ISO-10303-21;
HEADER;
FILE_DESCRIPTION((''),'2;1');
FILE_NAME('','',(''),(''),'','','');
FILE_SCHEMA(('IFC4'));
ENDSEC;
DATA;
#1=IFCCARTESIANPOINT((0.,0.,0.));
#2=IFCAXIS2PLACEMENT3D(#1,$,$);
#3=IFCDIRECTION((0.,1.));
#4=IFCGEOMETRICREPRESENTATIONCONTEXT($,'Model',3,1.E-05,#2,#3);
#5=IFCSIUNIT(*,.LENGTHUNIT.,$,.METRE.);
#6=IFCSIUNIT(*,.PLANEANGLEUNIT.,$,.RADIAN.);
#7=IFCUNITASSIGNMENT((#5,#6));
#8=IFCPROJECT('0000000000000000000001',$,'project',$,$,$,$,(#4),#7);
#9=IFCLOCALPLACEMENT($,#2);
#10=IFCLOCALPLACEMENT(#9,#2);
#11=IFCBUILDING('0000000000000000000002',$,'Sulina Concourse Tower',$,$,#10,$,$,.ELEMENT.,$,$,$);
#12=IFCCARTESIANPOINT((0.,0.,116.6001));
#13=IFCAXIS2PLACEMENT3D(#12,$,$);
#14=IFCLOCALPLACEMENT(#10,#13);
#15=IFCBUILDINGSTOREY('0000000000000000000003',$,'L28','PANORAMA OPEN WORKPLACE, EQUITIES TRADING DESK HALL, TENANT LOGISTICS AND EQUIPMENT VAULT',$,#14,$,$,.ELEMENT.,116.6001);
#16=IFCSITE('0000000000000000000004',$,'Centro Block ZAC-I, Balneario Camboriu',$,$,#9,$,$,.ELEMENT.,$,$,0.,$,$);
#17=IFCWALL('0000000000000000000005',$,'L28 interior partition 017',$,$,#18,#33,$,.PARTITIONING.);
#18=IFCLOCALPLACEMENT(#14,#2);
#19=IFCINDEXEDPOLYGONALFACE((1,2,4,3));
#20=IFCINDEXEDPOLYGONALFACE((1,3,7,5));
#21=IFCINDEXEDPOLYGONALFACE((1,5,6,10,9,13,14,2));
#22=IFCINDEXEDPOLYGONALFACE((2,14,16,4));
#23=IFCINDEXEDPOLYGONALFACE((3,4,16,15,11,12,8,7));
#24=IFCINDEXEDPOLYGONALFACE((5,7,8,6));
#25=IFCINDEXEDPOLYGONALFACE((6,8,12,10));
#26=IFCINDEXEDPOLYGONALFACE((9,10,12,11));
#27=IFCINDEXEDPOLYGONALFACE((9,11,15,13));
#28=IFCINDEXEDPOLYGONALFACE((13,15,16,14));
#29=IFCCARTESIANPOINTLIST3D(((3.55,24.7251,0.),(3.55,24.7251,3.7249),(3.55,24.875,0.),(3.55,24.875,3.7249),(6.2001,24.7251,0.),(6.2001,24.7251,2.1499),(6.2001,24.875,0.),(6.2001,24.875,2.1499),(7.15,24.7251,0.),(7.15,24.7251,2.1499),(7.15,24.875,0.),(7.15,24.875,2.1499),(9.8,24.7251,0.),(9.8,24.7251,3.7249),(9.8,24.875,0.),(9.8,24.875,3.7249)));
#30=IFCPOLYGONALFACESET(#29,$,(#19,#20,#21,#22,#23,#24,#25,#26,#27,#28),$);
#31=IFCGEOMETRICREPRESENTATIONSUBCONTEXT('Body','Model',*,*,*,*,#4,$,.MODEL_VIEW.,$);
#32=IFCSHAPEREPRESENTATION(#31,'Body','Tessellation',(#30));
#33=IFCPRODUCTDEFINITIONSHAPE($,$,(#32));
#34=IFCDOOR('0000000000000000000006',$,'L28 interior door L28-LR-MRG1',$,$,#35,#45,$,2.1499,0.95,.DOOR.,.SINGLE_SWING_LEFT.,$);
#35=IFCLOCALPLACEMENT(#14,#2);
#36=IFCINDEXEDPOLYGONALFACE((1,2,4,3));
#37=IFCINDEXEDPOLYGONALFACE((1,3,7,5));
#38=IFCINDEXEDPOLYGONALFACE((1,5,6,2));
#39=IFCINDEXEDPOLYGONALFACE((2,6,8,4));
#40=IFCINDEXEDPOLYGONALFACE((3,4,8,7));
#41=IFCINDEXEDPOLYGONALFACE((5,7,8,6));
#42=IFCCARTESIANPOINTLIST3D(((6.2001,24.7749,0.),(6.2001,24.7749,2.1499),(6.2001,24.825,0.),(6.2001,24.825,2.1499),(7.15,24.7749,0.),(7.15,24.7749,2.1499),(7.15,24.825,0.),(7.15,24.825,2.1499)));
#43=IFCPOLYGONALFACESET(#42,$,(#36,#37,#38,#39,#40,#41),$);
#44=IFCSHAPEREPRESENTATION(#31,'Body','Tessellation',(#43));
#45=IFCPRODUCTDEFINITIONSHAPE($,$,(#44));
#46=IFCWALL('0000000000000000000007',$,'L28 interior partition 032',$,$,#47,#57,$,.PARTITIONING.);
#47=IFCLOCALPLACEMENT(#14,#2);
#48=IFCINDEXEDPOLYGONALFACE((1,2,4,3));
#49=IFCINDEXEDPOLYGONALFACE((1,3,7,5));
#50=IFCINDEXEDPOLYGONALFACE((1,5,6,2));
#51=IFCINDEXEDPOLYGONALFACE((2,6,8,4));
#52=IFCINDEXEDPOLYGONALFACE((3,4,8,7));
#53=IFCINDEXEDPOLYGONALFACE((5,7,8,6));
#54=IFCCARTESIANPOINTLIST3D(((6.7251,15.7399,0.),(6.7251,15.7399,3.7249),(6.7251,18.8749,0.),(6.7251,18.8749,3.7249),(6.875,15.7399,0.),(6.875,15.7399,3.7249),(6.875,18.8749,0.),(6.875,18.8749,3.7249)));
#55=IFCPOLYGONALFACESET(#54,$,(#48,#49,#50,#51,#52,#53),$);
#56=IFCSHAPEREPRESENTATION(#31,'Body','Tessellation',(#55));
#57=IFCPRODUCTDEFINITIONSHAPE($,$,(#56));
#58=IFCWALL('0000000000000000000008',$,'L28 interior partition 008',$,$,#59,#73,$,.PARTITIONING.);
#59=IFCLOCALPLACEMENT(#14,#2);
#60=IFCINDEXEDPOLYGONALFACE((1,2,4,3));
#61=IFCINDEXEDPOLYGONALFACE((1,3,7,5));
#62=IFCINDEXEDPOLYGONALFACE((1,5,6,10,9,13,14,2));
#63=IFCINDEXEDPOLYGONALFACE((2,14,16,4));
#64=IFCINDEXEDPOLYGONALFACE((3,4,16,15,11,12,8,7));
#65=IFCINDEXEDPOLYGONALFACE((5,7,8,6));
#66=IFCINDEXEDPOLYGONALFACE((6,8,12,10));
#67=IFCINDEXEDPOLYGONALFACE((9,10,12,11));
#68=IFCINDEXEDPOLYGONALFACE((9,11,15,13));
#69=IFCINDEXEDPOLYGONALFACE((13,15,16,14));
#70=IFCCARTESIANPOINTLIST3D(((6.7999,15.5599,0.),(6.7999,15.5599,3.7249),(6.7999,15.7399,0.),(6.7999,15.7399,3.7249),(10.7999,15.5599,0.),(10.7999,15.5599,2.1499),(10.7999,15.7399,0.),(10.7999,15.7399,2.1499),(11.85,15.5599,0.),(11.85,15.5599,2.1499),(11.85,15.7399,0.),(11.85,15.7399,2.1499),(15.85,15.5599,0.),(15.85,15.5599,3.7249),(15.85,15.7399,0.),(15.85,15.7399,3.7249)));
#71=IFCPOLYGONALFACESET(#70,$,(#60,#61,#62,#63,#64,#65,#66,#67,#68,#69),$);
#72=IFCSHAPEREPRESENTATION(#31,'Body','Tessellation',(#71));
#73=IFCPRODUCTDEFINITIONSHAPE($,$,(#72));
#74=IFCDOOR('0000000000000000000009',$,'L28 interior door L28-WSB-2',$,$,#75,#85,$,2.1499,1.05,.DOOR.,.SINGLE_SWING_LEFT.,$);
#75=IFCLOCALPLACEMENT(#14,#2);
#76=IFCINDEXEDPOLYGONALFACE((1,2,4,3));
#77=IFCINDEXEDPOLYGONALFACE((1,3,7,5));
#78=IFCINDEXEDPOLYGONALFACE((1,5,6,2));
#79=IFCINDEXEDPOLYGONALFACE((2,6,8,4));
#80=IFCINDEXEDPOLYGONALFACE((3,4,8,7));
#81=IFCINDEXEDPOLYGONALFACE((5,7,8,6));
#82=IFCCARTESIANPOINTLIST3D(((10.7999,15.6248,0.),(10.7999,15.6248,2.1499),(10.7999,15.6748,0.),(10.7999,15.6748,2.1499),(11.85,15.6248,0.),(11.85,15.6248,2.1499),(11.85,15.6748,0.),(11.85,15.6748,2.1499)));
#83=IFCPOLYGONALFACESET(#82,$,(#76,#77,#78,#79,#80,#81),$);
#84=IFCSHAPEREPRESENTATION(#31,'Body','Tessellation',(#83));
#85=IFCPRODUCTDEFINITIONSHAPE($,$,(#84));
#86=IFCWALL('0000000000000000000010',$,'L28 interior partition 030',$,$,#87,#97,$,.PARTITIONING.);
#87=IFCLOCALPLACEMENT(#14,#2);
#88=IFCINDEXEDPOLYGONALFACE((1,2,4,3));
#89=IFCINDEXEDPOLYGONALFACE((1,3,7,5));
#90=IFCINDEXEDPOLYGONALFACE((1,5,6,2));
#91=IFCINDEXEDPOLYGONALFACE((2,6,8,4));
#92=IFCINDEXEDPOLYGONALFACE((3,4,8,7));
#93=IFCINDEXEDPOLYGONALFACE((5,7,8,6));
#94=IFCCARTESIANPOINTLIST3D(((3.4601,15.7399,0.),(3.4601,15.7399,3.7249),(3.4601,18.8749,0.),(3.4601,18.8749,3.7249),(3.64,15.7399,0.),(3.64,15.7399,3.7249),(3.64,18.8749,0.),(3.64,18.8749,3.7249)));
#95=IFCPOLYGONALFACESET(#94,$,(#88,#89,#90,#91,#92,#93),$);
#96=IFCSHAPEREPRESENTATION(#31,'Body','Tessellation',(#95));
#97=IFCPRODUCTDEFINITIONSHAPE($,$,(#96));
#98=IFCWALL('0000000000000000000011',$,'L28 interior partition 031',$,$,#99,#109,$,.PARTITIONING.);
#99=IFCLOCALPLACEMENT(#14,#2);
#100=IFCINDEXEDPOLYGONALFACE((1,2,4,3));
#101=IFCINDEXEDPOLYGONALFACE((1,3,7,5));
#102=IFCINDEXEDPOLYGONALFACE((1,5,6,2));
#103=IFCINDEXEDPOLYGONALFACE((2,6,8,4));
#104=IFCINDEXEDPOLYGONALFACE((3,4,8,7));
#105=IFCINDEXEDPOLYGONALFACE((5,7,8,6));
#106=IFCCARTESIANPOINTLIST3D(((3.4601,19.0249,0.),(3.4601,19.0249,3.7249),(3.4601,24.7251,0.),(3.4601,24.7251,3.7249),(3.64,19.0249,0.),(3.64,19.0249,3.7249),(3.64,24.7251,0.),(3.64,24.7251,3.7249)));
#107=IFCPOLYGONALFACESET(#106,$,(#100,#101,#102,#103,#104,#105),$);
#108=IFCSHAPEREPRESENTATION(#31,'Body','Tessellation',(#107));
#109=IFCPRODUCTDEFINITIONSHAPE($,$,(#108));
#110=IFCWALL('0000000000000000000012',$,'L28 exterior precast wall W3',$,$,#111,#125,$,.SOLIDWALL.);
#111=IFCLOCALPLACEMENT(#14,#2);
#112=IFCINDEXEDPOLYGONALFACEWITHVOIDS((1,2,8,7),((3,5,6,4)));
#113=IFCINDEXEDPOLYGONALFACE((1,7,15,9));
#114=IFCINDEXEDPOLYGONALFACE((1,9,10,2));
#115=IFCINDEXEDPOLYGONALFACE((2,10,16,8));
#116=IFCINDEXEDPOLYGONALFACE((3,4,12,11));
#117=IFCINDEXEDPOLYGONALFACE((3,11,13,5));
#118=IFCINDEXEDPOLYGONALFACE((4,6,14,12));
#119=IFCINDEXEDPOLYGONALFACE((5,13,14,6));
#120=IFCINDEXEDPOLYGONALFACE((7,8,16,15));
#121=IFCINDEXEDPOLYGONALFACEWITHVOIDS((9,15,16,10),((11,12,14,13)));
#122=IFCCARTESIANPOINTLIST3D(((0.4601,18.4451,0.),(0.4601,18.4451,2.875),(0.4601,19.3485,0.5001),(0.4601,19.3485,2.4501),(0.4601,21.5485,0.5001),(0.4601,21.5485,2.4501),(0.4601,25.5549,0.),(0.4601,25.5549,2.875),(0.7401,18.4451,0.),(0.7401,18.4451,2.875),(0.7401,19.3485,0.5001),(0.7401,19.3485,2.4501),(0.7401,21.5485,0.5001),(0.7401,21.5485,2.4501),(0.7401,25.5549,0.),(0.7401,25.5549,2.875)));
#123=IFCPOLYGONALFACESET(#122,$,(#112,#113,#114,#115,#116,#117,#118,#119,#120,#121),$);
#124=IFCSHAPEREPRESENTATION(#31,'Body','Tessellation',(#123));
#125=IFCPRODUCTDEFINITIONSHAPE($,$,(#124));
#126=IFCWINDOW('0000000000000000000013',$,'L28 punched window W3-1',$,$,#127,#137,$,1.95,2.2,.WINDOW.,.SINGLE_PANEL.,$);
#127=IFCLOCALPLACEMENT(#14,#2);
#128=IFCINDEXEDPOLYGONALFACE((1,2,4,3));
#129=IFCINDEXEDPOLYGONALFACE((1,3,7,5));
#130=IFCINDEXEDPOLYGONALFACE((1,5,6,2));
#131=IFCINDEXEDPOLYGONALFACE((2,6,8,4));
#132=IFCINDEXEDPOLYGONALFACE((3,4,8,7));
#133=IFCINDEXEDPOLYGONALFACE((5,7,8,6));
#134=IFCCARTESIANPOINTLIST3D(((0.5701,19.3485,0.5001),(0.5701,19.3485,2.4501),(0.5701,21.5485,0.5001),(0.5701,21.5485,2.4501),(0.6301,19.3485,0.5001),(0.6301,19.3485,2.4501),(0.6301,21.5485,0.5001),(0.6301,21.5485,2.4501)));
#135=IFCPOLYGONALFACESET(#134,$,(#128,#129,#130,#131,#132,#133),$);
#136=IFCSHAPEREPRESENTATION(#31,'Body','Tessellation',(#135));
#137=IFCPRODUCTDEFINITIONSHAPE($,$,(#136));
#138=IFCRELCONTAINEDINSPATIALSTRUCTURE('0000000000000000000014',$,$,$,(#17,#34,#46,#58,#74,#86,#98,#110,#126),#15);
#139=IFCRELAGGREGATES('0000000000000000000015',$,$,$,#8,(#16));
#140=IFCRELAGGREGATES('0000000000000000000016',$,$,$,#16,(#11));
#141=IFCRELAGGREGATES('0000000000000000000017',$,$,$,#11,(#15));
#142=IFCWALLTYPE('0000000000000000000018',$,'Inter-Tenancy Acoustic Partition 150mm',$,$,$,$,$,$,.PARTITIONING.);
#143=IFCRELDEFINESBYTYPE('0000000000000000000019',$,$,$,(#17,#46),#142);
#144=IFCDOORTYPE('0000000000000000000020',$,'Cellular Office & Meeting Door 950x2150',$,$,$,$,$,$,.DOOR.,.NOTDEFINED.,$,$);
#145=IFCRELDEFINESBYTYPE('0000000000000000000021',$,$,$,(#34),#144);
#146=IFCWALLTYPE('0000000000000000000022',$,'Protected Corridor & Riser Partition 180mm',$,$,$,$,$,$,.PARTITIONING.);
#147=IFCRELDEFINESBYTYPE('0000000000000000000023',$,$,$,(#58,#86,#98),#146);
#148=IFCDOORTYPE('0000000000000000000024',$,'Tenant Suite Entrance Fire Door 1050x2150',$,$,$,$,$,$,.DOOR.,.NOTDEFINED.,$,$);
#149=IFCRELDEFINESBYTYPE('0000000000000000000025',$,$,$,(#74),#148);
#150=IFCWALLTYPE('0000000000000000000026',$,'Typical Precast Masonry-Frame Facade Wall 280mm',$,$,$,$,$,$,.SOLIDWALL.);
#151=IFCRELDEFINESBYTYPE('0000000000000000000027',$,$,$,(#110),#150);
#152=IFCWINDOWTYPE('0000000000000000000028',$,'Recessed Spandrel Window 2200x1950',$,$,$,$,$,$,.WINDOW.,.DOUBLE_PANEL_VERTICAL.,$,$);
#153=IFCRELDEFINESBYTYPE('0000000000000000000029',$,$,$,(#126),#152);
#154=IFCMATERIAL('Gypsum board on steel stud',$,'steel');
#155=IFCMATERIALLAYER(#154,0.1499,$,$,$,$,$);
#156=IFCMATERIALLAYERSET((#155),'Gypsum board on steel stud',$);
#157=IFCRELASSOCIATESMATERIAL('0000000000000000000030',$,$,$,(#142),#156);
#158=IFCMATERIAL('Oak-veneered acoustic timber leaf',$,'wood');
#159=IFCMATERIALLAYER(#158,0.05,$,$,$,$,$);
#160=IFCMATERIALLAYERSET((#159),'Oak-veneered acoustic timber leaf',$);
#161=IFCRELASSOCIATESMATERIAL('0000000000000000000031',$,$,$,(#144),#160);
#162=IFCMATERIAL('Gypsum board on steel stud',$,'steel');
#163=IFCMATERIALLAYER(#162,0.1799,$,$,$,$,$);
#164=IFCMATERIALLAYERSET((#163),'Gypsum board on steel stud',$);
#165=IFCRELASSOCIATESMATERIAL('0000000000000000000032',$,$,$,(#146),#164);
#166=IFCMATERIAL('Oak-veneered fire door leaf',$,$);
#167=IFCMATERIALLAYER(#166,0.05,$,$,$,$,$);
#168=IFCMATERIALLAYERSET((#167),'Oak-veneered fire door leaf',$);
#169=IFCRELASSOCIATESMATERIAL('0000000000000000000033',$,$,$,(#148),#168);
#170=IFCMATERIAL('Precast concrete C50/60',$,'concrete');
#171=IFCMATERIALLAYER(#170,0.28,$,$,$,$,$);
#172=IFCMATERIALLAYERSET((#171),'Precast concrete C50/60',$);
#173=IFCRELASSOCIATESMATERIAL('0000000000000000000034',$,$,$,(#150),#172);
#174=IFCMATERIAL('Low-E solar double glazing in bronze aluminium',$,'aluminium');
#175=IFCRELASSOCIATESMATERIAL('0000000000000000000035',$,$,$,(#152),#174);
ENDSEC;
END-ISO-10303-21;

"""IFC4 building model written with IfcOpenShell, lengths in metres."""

from ifc_helpers import new_model, si_unit, direction, frame, frame_2d, origin, place, context, subcontext, project, spatial, rectangle, extrude, material, layer, layer_set, type_object, element, fill, save


model = new_model("IFC4")

# Units and contexts
model_context = context("Model", 3, precision=1e-05, world=origin(), true_north=direction((0.0, 1.0)))
body_context = subcontext(model_context, "Body", "Model", "MODEL_VIEW")
ifc_project = project(units=[si_unit("LENGTHUNIT", "METRE"), si_unit("PLANEANGLEUNIT", "RADIAN")], contexts=[model_context])

# Site, building, storey
site_placement = place(None, origin())
site = spatial("IfcSite", under=ifc_project, at=site_placement, Name="Centro Block ZAC-I, Balneario Camboriu", CompositionType="ELEMENT", RefElevation=0.0)
building_placement = place(site_placement, origin())
building = spatial("IfcBuilding", under=site, at=building_placement, Name="Sulina Concourse Tower", CompositionType="ELEMENT")
storey_placement = place(building_placement, frame((0.0, 0.0, 116.6001)))
storey = spatial("IfcBuildingStorey", under=building, at=storey_placement, Name="L28", Description="PANORAMA OPEN WORKPLACE, EQUITIES TRADING DESK HALL, TENANT LOGISTICS AND EQUIPMENT VAULT", CompositionType="ELEMENT", Elevation=116.6001)

# Shared definitions
ifc_material_1 = material(Name="Gypsum board on steel stud", Category="steel")
ifc_layer_1 = layer(ifc_material_1, 0.1499)
ifc_layer_set_1 = layer_set([ifc_layer_1], Name="Gypsum board on steel stud")
wall_type_1 = type_object("IfcWallType", Name="Inter-Tenancy Acoustic Partition 150mm", PredefinedType="PARTITIONING", material=ifc_layer_set_1)

# Wall, opening, door
wall_1_placement = place(storey_placement, frame((3.55, 24.8, 0.0), z_axis=(0.0, 0.0, 1.0), x_axis=(1.0, 0.0, 0.0)))
wall_1 = element("IfcWall", 1, at=wall_1_placement, inside=storey, type_object=wall_type_1, Name="L28 interior partition 017", PredefinedType="PARTITIONING", context=body_context, shape_type="SweptSolid", body=[
    extrude(rectangle(XDim=6.25, YDim=0.1499, at=frame_2d((3.125, 0.0))), origin(), (0.0, 0.0, 1.0), 3.7249),
])
opening_1_placement = place(wall_1_placement, frame((2.6499, 0.0, 0.0)))
opening_1 = element("IfcOpeningElement", 2, at=opening_1_placement, cuts=wall_1, PredefinedType="OPENING", context=body_context, shape_type="SweptSolid", body=[
    extrude(rectangle(XDim=0.95, YDim=2.1499, at=frame_2d((0.4751, 1.075))), frame((0.0, 0.085, 0.0), z_axis=(0.0, -1.0, 0.0), x_axis=(1.0, 0.0, 0.0)), (0.0, 0.0, 1.0), 0.1699),
])
ifc_material_2 = material(Name="Oak-veneered acoustic timber leaf", Category="wood")
ifc_layer_2 = layer(ifc_material_2, 0.05)
ifc_layer_set_2 = layer_set([ifc_layer_2], Name="Oak-veneered acoustic timber leaf")
door_type_1 = type_object("IfcDoorType", Name="Cellular Office & Meeting Door 950x2150", OperationType="NOTDEFINED", PredefinedType="DOOR", material=ifc_layer_set_2)
door_1_placement = place(opening_1_placement, origin())
door_1 = element("IfcDoor", 3, at=door_1_placement, inside=storey, type_object=door_type_1, Name="L28 interior door L28-LR-MRG1", OperationType="SINGLE_SWING_LEFT", OverallHeight=2.1499, OverallWidth=0.95, PredefinedType="DOOR", context=body_context, shape_type="SweptSolid", body=[
    extrude(rectangle(XDim=0.95, YDim=2.1499, at=frame_2d((0.4751, 1.075))), frame((0.0, 0.0249, 0.0), z_axis=(0.0, -1.0, 0.0), x_axis=(1.0, 0.0, 0.0)), (0.0, 0.0, 1.0), 0.05),
])
fill(opening_1, door_1)

# Wall
wall_2_placement = place(storey_placement, frame((6.8, 15.74, 0.0), z_axis=(0.0, 0.0, 1.0), x_axis=(0.0, 1.0, 0.0)))
element("IfcWall", 4, at=wall_2_placement, inside=storey, type_object=wall_type_1, Name="L28 interior partition 032", PredefinedType="PARTITIONING", context=body_context, shape_type="SweptSolid", body=[
    extrude(rectangle(XDim=3.135, YDim=0.1499, at=frame_2d((1.5674, 0.0))), origin(), (0.0, 0.0, 1.0), 3.7249),
])

# Wall, opening, door
ifc_material_3 = material(Name="Gypsum board on steel stud", Category="steel")
ifc_layer_3 = layer(ifc_material_3, 0.1799)
ifc_layer_set_3 = layer_set([ifc_layer_3], Name="Gypsum board on steel stud")
wall_type_2 = type_object("IfcWallType", Name="Protected Corridor & Riser Partition 180mm", PredefinedType="PARTITIONING", material=ifc_layer_set_3)
wall_3_placement = place(storey_placement, frame((6.8, 15.6499, 0.0), z_axis=(0.0, 0.0, 1.0), x_axis=(1.0, 0.0, 0.0)))
wall_3 = element("IfcWall", 5, at=wall_3_placement, inside=storey, type_object=wall_type_2, Name="L28 interior partition 008", PredefinedType="PARTITIONING", context=body_context, shape_type="SweptSolid", body=[
    extrude(rectangle(XDim=9.05, YDim=0.1799, at=frame_2d((4.5249, 0.0))), origin(), (0.0, 0.0, 1.0), 3.7249),
])
opening_2_placement = place(wall_3_placement, frame((4.0, 0.0, 0.0)))
opening_2 = element("IfcOpeningElement", 6, at=opening_2_placement, cuts=wall_3, PredefinedType="OPENING", context=body_context, shape_type="SweptSolid", body=[
    extrude(rectangle(XDim=1.05, YDim=2.1499, at=frame_2d((0.5249, 1.075))), frame((0.0, 0.0999, 0.0), z_axis=(0.0, -1.0, 0.0), x_axis=(1.0, 0.0, 0.0)), (0.0, 0.0, 1.0), 0.2),
])
ifc_material_4 = material(Name="Oak-veneered fire door leaf")
ifc_layer_4 = layer(ifc_material_4, 0.05)
ifc_layer_set_4 = layer_set([ifc_layer_4], Name="Oak-veneered fire door leaf")
door_type_2 = type_object("IfcDoorType", Name="Tenant Suite Entrance Fire Door 1050x2150", OperationType="NOTDEFINED", PredefinedType="DOOR", material=ifc_layer_set_4)
door_2_placement = place(opening_2_placement, origin())
door_2 = element("IfcDoor", 7, at=door_2_placement, inside=storey, type_object=door_type_2, Name="L28 interior door L28-WSB-2", OperationType="SINGLE_SWING_LEFT", OverallHeight=2.1499, OverallWidth=1.05, PredefinedType="DOOR", context=body_context, shape_type="SweptSolid", body=[
    extrude(rectangle(XDim=1.05, YDim=2.1499, at=frame_2d((0.5249, 1.075))), frame((0.0, 0.0249, 0.0), z_axis=(0.0, -1.0, 0.0), x_axis=(1.0, 0.0, 0.0)), (0.0, 0.0, 1.0), 0.05),
])
fill(opening_2, door_2)

# Walls
wall_4_placement = place(storey_placement, frame((3.55, 15.74, 0.0), z_axis=(0.0, 0.0, 1.0), x_axis=(0.0, 1.0, 0.0)))
element("IfcWall", 8, at=wall_4_placement, inside=storey, type_object=wall_type_2, Name="L28 interior partition 030", PredefinedType="PARTITIONING", context=body_context, shape_type="SweptSolid", body=[
    extrude(rectangle(XDim=3.135, YDim=0.1799, at=frame_2d((1.5674, 0.0))), origin(), (0.0, 0.0, 1.0), 3.7249),
])
wall_5_placement = place(storey_placement, frame((3.55, 19.0249, 0.0), z_axis=(0.0, 0.0, 1.0), x_axis=(0.0, 1.0, 0.0)))
element("IfcWall", 9, at=wall_5_placement, inside=storey, type_object=wall_type_2, Name="L28 interior partition 031", PredefinedType="PARTITIONING", context=body_context, shape_type="SweptSolid", body=[
    extrude(rectangle(XDim=5.7002, YDim=0.1799, at=frame_2d((2.8501, 0.0))), origin(), (0.0, 0.0, 1.0), 3.7249),
])

# Wall, opening, window
ifc_material_5 = material(Name="Precast concrete C50/60", Category="concrete")
ifc_layer_5 = layer(ifc_material_5, 0.28)
ifc_layer_set_5 = layer_set([ifc_layer_5], Name="Precast concrete C50/60")
wall_type_3 = type_object("IfcWallType", Name="Typical Precast Masonry-Frame Facade Wall 280mm", PredefinedType="SOLIDWALL", material=ifc_layer_set_5)
wall_6_placement = place(storey_placement, frame((0.6001, 18.4451, 0.0), z_axis=(0.0, 0.0, 1.0), x_axis=(0.0, 1.0, 0.0)))
wall_6 = element("IfcWall", 10, at=wall_6_placement, inside=storey, type_object=wall_type_3, Name="L28 exterior precast wall W3", PredefinedType="SOLIDWALL", context=body_context, shape_type="SweptSolid", body=[
    extrude(rectangle(XDim=7.1099, YDim=0.28, at=frame_2d((3.5549, 0.0))), origin(), (0.0, 0.0, 1.0), 2.875),
])
opening_3_placement = place(wall_6_placement, frame((0.9033, 0.0, 0.5)))
opening_3 = element("IfcOpeningElement", 11, at=opening_3_placement, cuts=wall_6, PredefinedType="OPENING", context=body_context, shape_type="SweptSolid", body=[
    extrude(rectangle(XDim=2.2, YDim=1.95, at=frame_2d((1.1001, 0.9751))), frame((0.0, 0.1499, 0.0), z_axis=(0.0, -1.0, 0.0), x_axis=(1.0, 0.0, 0.0)), (0.0, 0.0, 1.0), 0.3),
])
ifc_material_6 = material(Name="Low-E solar double glazing in bronze aluminium", Category="aluminium")
window_type = type_object("IfcWindowType", Name="Recessed Spandrel Window 2200x1950", PartitioningType="DOUBLE_PANEL_VERTICAL", PredefinedType="WINDOW", material=ifc_material_6)
window_placement = place(opening_3_placement, origin())
window = element("IfcWindow", 12, at=window_placement, inside=storey, type_object=window_type, Name="L28 punched window W3-1", OverallHeight=1.95, OverallWidth=2.2, PartitioningType="SINGLE_PANEL", PredefinedType="WINDOW", context=body_context, shape_type="SweptSolid", body=[
    extrude(rectangle(XDim=2.2, YDim=1.95, at=frame_2d((1.1001, 0.9751))), frame((0.0, 0.03, 0.0), z_axis=(0.0, -1.0, 0.0), x_axis=(1.0, 0.0, 0.0)), (0.0, 0.0, 1.0), 0.0601),
])
fill(opening_3, window)

save(model, "model.ifc")
